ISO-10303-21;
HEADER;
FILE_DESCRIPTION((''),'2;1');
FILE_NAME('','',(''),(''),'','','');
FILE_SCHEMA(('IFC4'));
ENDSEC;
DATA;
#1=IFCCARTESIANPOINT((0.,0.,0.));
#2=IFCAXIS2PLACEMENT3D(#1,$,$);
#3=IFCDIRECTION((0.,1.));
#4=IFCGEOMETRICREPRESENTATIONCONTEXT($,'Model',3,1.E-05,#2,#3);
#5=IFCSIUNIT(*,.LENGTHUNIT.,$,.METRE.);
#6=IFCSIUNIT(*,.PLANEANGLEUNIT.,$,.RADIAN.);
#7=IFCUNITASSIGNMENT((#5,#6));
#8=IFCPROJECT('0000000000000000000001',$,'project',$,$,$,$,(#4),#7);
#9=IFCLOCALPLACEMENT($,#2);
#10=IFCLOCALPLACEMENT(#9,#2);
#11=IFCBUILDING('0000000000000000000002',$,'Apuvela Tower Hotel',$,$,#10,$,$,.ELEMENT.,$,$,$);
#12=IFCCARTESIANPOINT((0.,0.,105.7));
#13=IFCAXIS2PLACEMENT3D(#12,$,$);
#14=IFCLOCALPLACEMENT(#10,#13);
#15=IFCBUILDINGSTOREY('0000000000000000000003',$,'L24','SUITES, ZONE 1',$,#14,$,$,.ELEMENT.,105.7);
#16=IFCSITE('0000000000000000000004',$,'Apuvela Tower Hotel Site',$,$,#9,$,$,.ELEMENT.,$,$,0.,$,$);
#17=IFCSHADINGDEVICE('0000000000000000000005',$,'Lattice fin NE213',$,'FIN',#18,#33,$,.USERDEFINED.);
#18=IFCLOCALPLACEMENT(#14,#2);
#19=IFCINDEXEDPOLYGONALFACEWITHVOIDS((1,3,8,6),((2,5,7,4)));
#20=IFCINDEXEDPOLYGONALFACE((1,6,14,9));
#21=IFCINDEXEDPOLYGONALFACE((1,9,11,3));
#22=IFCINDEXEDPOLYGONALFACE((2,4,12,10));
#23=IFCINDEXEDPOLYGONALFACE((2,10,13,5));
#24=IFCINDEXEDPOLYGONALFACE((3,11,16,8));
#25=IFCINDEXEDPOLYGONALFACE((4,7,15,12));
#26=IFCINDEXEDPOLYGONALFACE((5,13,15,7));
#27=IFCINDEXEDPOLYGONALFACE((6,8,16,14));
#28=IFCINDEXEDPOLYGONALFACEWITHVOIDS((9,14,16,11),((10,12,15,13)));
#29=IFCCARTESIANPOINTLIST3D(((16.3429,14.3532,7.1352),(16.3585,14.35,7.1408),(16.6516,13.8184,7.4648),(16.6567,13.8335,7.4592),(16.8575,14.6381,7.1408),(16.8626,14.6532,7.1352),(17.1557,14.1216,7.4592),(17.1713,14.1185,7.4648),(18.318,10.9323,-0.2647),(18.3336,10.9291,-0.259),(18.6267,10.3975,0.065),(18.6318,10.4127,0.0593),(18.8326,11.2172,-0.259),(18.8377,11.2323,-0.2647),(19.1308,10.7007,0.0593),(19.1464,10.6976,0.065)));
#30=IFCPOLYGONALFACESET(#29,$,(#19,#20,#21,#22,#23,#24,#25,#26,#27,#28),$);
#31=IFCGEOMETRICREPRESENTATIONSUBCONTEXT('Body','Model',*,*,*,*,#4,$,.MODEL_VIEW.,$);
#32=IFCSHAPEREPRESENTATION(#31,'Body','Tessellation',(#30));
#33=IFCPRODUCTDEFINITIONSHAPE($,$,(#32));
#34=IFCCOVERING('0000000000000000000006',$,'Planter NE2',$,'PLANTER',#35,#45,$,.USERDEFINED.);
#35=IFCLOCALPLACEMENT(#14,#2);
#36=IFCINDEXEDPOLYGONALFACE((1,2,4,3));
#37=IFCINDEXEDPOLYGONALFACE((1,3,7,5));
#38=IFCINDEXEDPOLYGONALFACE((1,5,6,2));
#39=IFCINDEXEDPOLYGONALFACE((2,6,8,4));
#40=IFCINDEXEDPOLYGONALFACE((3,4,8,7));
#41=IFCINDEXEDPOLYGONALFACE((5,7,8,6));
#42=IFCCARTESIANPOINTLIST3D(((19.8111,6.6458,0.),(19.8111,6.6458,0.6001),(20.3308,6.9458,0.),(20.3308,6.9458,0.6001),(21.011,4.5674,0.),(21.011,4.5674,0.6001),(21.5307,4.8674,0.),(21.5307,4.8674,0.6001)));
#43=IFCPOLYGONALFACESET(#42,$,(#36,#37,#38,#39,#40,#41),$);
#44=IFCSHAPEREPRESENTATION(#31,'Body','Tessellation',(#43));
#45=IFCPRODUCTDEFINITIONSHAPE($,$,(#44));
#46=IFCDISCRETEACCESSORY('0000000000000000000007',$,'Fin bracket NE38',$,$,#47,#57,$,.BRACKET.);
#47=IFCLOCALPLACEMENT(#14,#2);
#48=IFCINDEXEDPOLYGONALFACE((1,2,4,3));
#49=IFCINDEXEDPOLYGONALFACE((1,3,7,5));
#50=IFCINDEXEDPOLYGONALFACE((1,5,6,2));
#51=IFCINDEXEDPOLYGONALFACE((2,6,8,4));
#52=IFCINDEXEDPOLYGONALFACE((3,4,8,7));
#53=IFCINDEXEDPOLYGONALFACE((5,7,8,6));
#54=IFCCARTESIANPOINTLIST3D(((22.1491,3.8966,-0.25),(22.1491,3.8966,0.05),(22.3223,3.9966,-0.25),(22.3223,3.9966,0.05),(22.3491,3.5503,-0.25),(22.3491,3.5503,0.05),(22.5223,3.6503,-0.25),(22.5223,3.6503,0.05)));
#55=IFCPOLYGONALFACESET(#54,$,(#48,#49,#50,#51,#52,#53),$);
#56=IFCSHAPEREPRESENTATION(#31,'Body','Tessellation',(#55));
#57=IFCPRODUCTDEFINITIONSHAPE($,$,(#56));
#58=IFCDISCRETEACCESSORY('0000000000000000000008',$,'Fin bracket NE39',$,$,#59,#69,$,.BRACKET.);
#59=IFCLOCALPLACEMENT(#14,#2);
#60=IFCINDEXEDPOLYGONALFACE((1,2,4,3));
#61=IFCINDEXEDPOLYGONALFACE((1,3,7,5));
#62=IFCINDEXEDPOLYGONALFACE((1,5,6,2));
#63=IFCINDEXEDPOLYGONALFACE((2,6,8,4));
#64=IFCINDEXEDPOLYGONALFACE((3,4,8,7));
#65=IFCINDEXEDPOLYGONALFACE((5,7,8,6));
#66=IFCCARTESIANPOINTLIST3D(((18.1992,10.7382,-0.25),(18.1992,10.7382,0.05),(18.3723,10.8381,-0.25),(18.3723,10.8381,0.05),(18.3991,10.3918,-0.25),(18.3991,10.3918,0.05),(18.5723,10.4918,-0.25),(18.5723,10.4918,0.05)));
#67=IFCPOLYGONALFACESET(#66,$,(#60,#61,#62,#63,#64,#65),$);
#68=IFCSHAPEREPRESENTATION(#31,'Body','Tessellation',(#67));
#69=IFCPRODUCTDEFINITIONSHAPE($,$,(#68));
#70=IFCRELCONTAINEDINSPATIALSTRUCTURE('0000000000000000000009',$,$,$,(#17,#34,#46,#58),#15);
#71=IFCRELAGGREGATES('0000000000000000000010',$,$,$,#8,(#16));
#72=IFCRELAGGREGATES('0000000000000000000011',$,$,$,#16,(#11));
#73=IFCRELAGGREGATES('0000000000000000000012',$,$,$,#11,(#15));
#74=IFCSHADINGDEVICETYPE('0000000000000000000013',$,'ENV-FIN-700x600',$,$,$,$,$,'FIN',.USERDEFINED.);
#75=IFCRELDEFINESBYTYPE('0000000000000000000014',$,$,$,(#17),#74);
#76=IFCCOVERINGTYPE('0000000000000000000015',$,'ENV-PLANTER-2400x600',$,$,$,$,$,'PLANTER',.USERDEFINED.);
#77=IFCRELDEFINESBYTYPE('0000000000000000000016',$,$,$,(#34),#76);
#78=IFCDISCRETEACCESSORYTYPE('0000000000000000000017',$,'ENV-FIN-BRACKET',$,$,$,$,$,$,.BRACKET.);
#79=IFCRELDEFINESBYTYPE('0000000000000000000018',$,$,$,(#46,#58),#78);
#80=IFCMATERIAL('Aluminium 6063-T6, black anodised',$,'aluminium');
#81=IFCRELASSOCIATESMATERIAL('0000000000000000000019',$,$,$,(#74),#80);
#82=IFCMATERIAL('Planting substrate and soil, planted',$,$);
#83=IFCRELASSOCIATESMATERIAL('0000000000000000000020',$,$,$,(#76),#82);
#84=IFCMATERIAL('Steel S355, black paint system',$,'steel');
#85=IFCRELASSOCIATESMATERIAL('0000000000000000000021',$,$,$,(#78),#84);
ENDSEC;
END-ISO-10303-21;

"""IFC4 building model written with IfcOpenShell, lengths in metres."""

from ifc_helpers import new_model, si_unit, direction, frame, origin, origin_2d, place, context, subcontext, project, spatial, rectangle, hollow_rectangle, extrude, material, material_profile, profile_set, type_object, element, save


model = new_model("IFC4")

# Units and contexts
model_context = context("Model", 3, precision=1e-05, world=origin(), true_north=direction((0.0, 1.0)))
body_context = subcontext(model_context, "Body", "Model", "MODEL_VIEW")
ifc_project = project(units=[si_unit("LENGTHUNIT", "METRE"), si_unit("PLANEANGLEUNIT", "RADIAN")], contexts=[model_context])

# Site, building, storey
site_placement = place(None, origin())
site = spatial("IfcSite", under=ifc_project, at=site_placement, Name="Apuvela Tower Hotel Site", CompositionType="ELEMENT", RefElevation=0.0)
building_placement = place(site_placement, origin())
building = spatial("IfcBuilding", under=site, at=building_placement, Name="Apuvela Tower Hotel", CompositionType="ELEMENT")
storey_placement = place(building_placement, frame((0.0, 0.0, 105.7)))
storey = spatial("IfcBuildingStorey", under=building, at=storey_placement, Name="L24", Description="SUITES, ZONE 1", CompositionType="ELEMENT", Elevation=105.7)

# Shading device
ifc_material_1 = material(Name="Aluminium 6063-T6, black anodised", Category="aluminium")
ifc_material_profile_1 = material_profile(ifc_material_1, hollow_rectangle(XDim=0.6001, YDim=0.7, WallThickness=0.012, at=origin_2d()), Name="AL BOX 700x600x12")
ifc_profile_set_1 = profile_set([ifc_material_profile_1], Name="Aluminium 6063-T6, black anodised")
shading_device_type = type_object("IfcShadingDeviceType", Name="ENV-FIN-700x600", ElementType="FIN", PredefinedType="USERDEFINED", material=ifc_profile_set_1)
shading_device_1_placement = place(storey_placement, frame((18.7322, 10.8149, -0.0999), z_axis=(-0.235461, 0.407822, 0.882179), x_axis=(-0.866021, -0.500008, 0.0)))
element("IfcShadingDevice", 1, at=shading_device_1_placement, inside=storey, type_object=shading_device_type, Name="Lattice fin NE213", ObjectType="FIN", PredefinedType="USERDEFINED", context=body_context, shape_type="SweptSolid", body=[
    extrude(hollow_rectangle(XDim=0.6001, YDim=0.7, WallThickness=0.012, at=origin_2d()), origin(), (0.0, 0.0, 1.0), 8.3882),
])

# Covering
ifc_material_2 = material(Name="Planting substrate and soil, planted")
covering_type = type_object("IfcCoveringType", Name="ENV-PLANTER-2400x600", ElementType="PLANTER", PredefinedType="USERDEFINED", material=ifc_material_2)
covering_placement = place(storey_placement, frame((20.6709, 5.7566, 0.0), z_axis=(0.0, 0.0, 1.0), x_axis=(-0.5, 0.866025, 0.0)))
element("IfcCovering", 2, at=covering_placement, inside=storey, type_object=covering_type, Name="Planter NE2", ObjectType="PLANTER", PredefinedType="USERDEFINED", context=body_context, shape_type="SweptSolid", body=[
    extrude(rectangle(XDim=2.3999, YDim=0.6001, at=origin_2d()), origin(), (0.0, 0.0, 1.0), 0.6001),
])

# Discrete accessories
ifc_material_3 = material(Name="Steel S355, black paint system", Category="steel")
discrete_accessory_type = type_object("IfcDiscreteAccessoryType", Name="ENV-FIN-BRACKET", PredefinedType="BRACKET", material=ifc_material_3)
for number, where, z_axis, x_axis, name in (
    (3, (22.3357, 3.7734, -0.25), (0.0, 0.0, 1.0), (-0.5, 0.866025, 0.0), "Fin bracket NE38"),
    (4, (18.3857, 10.615, -0.25), (0.0, 0.0, 1.0), (-0.5, 0.866025, 0.0), "Fin bracket NE39"),
):
    element("IfcDiscreteAccessory", number, at=place(storey_placement, frame(where, z_axis=z_axis, x_axis=x_axis)), inside=storey, type_object=discrete_accessory_type, Name=name, PredefinedType="BRACKET", context=body_context, shape_type="SweptSolid", body=[
        extrude(rectangle(XDim=0.3999, YDim=0.2, at=origin_2d()), origin(), (0.0, 0.0, 1.0), 0.3),
    ])

save(model, "model.ifc")
